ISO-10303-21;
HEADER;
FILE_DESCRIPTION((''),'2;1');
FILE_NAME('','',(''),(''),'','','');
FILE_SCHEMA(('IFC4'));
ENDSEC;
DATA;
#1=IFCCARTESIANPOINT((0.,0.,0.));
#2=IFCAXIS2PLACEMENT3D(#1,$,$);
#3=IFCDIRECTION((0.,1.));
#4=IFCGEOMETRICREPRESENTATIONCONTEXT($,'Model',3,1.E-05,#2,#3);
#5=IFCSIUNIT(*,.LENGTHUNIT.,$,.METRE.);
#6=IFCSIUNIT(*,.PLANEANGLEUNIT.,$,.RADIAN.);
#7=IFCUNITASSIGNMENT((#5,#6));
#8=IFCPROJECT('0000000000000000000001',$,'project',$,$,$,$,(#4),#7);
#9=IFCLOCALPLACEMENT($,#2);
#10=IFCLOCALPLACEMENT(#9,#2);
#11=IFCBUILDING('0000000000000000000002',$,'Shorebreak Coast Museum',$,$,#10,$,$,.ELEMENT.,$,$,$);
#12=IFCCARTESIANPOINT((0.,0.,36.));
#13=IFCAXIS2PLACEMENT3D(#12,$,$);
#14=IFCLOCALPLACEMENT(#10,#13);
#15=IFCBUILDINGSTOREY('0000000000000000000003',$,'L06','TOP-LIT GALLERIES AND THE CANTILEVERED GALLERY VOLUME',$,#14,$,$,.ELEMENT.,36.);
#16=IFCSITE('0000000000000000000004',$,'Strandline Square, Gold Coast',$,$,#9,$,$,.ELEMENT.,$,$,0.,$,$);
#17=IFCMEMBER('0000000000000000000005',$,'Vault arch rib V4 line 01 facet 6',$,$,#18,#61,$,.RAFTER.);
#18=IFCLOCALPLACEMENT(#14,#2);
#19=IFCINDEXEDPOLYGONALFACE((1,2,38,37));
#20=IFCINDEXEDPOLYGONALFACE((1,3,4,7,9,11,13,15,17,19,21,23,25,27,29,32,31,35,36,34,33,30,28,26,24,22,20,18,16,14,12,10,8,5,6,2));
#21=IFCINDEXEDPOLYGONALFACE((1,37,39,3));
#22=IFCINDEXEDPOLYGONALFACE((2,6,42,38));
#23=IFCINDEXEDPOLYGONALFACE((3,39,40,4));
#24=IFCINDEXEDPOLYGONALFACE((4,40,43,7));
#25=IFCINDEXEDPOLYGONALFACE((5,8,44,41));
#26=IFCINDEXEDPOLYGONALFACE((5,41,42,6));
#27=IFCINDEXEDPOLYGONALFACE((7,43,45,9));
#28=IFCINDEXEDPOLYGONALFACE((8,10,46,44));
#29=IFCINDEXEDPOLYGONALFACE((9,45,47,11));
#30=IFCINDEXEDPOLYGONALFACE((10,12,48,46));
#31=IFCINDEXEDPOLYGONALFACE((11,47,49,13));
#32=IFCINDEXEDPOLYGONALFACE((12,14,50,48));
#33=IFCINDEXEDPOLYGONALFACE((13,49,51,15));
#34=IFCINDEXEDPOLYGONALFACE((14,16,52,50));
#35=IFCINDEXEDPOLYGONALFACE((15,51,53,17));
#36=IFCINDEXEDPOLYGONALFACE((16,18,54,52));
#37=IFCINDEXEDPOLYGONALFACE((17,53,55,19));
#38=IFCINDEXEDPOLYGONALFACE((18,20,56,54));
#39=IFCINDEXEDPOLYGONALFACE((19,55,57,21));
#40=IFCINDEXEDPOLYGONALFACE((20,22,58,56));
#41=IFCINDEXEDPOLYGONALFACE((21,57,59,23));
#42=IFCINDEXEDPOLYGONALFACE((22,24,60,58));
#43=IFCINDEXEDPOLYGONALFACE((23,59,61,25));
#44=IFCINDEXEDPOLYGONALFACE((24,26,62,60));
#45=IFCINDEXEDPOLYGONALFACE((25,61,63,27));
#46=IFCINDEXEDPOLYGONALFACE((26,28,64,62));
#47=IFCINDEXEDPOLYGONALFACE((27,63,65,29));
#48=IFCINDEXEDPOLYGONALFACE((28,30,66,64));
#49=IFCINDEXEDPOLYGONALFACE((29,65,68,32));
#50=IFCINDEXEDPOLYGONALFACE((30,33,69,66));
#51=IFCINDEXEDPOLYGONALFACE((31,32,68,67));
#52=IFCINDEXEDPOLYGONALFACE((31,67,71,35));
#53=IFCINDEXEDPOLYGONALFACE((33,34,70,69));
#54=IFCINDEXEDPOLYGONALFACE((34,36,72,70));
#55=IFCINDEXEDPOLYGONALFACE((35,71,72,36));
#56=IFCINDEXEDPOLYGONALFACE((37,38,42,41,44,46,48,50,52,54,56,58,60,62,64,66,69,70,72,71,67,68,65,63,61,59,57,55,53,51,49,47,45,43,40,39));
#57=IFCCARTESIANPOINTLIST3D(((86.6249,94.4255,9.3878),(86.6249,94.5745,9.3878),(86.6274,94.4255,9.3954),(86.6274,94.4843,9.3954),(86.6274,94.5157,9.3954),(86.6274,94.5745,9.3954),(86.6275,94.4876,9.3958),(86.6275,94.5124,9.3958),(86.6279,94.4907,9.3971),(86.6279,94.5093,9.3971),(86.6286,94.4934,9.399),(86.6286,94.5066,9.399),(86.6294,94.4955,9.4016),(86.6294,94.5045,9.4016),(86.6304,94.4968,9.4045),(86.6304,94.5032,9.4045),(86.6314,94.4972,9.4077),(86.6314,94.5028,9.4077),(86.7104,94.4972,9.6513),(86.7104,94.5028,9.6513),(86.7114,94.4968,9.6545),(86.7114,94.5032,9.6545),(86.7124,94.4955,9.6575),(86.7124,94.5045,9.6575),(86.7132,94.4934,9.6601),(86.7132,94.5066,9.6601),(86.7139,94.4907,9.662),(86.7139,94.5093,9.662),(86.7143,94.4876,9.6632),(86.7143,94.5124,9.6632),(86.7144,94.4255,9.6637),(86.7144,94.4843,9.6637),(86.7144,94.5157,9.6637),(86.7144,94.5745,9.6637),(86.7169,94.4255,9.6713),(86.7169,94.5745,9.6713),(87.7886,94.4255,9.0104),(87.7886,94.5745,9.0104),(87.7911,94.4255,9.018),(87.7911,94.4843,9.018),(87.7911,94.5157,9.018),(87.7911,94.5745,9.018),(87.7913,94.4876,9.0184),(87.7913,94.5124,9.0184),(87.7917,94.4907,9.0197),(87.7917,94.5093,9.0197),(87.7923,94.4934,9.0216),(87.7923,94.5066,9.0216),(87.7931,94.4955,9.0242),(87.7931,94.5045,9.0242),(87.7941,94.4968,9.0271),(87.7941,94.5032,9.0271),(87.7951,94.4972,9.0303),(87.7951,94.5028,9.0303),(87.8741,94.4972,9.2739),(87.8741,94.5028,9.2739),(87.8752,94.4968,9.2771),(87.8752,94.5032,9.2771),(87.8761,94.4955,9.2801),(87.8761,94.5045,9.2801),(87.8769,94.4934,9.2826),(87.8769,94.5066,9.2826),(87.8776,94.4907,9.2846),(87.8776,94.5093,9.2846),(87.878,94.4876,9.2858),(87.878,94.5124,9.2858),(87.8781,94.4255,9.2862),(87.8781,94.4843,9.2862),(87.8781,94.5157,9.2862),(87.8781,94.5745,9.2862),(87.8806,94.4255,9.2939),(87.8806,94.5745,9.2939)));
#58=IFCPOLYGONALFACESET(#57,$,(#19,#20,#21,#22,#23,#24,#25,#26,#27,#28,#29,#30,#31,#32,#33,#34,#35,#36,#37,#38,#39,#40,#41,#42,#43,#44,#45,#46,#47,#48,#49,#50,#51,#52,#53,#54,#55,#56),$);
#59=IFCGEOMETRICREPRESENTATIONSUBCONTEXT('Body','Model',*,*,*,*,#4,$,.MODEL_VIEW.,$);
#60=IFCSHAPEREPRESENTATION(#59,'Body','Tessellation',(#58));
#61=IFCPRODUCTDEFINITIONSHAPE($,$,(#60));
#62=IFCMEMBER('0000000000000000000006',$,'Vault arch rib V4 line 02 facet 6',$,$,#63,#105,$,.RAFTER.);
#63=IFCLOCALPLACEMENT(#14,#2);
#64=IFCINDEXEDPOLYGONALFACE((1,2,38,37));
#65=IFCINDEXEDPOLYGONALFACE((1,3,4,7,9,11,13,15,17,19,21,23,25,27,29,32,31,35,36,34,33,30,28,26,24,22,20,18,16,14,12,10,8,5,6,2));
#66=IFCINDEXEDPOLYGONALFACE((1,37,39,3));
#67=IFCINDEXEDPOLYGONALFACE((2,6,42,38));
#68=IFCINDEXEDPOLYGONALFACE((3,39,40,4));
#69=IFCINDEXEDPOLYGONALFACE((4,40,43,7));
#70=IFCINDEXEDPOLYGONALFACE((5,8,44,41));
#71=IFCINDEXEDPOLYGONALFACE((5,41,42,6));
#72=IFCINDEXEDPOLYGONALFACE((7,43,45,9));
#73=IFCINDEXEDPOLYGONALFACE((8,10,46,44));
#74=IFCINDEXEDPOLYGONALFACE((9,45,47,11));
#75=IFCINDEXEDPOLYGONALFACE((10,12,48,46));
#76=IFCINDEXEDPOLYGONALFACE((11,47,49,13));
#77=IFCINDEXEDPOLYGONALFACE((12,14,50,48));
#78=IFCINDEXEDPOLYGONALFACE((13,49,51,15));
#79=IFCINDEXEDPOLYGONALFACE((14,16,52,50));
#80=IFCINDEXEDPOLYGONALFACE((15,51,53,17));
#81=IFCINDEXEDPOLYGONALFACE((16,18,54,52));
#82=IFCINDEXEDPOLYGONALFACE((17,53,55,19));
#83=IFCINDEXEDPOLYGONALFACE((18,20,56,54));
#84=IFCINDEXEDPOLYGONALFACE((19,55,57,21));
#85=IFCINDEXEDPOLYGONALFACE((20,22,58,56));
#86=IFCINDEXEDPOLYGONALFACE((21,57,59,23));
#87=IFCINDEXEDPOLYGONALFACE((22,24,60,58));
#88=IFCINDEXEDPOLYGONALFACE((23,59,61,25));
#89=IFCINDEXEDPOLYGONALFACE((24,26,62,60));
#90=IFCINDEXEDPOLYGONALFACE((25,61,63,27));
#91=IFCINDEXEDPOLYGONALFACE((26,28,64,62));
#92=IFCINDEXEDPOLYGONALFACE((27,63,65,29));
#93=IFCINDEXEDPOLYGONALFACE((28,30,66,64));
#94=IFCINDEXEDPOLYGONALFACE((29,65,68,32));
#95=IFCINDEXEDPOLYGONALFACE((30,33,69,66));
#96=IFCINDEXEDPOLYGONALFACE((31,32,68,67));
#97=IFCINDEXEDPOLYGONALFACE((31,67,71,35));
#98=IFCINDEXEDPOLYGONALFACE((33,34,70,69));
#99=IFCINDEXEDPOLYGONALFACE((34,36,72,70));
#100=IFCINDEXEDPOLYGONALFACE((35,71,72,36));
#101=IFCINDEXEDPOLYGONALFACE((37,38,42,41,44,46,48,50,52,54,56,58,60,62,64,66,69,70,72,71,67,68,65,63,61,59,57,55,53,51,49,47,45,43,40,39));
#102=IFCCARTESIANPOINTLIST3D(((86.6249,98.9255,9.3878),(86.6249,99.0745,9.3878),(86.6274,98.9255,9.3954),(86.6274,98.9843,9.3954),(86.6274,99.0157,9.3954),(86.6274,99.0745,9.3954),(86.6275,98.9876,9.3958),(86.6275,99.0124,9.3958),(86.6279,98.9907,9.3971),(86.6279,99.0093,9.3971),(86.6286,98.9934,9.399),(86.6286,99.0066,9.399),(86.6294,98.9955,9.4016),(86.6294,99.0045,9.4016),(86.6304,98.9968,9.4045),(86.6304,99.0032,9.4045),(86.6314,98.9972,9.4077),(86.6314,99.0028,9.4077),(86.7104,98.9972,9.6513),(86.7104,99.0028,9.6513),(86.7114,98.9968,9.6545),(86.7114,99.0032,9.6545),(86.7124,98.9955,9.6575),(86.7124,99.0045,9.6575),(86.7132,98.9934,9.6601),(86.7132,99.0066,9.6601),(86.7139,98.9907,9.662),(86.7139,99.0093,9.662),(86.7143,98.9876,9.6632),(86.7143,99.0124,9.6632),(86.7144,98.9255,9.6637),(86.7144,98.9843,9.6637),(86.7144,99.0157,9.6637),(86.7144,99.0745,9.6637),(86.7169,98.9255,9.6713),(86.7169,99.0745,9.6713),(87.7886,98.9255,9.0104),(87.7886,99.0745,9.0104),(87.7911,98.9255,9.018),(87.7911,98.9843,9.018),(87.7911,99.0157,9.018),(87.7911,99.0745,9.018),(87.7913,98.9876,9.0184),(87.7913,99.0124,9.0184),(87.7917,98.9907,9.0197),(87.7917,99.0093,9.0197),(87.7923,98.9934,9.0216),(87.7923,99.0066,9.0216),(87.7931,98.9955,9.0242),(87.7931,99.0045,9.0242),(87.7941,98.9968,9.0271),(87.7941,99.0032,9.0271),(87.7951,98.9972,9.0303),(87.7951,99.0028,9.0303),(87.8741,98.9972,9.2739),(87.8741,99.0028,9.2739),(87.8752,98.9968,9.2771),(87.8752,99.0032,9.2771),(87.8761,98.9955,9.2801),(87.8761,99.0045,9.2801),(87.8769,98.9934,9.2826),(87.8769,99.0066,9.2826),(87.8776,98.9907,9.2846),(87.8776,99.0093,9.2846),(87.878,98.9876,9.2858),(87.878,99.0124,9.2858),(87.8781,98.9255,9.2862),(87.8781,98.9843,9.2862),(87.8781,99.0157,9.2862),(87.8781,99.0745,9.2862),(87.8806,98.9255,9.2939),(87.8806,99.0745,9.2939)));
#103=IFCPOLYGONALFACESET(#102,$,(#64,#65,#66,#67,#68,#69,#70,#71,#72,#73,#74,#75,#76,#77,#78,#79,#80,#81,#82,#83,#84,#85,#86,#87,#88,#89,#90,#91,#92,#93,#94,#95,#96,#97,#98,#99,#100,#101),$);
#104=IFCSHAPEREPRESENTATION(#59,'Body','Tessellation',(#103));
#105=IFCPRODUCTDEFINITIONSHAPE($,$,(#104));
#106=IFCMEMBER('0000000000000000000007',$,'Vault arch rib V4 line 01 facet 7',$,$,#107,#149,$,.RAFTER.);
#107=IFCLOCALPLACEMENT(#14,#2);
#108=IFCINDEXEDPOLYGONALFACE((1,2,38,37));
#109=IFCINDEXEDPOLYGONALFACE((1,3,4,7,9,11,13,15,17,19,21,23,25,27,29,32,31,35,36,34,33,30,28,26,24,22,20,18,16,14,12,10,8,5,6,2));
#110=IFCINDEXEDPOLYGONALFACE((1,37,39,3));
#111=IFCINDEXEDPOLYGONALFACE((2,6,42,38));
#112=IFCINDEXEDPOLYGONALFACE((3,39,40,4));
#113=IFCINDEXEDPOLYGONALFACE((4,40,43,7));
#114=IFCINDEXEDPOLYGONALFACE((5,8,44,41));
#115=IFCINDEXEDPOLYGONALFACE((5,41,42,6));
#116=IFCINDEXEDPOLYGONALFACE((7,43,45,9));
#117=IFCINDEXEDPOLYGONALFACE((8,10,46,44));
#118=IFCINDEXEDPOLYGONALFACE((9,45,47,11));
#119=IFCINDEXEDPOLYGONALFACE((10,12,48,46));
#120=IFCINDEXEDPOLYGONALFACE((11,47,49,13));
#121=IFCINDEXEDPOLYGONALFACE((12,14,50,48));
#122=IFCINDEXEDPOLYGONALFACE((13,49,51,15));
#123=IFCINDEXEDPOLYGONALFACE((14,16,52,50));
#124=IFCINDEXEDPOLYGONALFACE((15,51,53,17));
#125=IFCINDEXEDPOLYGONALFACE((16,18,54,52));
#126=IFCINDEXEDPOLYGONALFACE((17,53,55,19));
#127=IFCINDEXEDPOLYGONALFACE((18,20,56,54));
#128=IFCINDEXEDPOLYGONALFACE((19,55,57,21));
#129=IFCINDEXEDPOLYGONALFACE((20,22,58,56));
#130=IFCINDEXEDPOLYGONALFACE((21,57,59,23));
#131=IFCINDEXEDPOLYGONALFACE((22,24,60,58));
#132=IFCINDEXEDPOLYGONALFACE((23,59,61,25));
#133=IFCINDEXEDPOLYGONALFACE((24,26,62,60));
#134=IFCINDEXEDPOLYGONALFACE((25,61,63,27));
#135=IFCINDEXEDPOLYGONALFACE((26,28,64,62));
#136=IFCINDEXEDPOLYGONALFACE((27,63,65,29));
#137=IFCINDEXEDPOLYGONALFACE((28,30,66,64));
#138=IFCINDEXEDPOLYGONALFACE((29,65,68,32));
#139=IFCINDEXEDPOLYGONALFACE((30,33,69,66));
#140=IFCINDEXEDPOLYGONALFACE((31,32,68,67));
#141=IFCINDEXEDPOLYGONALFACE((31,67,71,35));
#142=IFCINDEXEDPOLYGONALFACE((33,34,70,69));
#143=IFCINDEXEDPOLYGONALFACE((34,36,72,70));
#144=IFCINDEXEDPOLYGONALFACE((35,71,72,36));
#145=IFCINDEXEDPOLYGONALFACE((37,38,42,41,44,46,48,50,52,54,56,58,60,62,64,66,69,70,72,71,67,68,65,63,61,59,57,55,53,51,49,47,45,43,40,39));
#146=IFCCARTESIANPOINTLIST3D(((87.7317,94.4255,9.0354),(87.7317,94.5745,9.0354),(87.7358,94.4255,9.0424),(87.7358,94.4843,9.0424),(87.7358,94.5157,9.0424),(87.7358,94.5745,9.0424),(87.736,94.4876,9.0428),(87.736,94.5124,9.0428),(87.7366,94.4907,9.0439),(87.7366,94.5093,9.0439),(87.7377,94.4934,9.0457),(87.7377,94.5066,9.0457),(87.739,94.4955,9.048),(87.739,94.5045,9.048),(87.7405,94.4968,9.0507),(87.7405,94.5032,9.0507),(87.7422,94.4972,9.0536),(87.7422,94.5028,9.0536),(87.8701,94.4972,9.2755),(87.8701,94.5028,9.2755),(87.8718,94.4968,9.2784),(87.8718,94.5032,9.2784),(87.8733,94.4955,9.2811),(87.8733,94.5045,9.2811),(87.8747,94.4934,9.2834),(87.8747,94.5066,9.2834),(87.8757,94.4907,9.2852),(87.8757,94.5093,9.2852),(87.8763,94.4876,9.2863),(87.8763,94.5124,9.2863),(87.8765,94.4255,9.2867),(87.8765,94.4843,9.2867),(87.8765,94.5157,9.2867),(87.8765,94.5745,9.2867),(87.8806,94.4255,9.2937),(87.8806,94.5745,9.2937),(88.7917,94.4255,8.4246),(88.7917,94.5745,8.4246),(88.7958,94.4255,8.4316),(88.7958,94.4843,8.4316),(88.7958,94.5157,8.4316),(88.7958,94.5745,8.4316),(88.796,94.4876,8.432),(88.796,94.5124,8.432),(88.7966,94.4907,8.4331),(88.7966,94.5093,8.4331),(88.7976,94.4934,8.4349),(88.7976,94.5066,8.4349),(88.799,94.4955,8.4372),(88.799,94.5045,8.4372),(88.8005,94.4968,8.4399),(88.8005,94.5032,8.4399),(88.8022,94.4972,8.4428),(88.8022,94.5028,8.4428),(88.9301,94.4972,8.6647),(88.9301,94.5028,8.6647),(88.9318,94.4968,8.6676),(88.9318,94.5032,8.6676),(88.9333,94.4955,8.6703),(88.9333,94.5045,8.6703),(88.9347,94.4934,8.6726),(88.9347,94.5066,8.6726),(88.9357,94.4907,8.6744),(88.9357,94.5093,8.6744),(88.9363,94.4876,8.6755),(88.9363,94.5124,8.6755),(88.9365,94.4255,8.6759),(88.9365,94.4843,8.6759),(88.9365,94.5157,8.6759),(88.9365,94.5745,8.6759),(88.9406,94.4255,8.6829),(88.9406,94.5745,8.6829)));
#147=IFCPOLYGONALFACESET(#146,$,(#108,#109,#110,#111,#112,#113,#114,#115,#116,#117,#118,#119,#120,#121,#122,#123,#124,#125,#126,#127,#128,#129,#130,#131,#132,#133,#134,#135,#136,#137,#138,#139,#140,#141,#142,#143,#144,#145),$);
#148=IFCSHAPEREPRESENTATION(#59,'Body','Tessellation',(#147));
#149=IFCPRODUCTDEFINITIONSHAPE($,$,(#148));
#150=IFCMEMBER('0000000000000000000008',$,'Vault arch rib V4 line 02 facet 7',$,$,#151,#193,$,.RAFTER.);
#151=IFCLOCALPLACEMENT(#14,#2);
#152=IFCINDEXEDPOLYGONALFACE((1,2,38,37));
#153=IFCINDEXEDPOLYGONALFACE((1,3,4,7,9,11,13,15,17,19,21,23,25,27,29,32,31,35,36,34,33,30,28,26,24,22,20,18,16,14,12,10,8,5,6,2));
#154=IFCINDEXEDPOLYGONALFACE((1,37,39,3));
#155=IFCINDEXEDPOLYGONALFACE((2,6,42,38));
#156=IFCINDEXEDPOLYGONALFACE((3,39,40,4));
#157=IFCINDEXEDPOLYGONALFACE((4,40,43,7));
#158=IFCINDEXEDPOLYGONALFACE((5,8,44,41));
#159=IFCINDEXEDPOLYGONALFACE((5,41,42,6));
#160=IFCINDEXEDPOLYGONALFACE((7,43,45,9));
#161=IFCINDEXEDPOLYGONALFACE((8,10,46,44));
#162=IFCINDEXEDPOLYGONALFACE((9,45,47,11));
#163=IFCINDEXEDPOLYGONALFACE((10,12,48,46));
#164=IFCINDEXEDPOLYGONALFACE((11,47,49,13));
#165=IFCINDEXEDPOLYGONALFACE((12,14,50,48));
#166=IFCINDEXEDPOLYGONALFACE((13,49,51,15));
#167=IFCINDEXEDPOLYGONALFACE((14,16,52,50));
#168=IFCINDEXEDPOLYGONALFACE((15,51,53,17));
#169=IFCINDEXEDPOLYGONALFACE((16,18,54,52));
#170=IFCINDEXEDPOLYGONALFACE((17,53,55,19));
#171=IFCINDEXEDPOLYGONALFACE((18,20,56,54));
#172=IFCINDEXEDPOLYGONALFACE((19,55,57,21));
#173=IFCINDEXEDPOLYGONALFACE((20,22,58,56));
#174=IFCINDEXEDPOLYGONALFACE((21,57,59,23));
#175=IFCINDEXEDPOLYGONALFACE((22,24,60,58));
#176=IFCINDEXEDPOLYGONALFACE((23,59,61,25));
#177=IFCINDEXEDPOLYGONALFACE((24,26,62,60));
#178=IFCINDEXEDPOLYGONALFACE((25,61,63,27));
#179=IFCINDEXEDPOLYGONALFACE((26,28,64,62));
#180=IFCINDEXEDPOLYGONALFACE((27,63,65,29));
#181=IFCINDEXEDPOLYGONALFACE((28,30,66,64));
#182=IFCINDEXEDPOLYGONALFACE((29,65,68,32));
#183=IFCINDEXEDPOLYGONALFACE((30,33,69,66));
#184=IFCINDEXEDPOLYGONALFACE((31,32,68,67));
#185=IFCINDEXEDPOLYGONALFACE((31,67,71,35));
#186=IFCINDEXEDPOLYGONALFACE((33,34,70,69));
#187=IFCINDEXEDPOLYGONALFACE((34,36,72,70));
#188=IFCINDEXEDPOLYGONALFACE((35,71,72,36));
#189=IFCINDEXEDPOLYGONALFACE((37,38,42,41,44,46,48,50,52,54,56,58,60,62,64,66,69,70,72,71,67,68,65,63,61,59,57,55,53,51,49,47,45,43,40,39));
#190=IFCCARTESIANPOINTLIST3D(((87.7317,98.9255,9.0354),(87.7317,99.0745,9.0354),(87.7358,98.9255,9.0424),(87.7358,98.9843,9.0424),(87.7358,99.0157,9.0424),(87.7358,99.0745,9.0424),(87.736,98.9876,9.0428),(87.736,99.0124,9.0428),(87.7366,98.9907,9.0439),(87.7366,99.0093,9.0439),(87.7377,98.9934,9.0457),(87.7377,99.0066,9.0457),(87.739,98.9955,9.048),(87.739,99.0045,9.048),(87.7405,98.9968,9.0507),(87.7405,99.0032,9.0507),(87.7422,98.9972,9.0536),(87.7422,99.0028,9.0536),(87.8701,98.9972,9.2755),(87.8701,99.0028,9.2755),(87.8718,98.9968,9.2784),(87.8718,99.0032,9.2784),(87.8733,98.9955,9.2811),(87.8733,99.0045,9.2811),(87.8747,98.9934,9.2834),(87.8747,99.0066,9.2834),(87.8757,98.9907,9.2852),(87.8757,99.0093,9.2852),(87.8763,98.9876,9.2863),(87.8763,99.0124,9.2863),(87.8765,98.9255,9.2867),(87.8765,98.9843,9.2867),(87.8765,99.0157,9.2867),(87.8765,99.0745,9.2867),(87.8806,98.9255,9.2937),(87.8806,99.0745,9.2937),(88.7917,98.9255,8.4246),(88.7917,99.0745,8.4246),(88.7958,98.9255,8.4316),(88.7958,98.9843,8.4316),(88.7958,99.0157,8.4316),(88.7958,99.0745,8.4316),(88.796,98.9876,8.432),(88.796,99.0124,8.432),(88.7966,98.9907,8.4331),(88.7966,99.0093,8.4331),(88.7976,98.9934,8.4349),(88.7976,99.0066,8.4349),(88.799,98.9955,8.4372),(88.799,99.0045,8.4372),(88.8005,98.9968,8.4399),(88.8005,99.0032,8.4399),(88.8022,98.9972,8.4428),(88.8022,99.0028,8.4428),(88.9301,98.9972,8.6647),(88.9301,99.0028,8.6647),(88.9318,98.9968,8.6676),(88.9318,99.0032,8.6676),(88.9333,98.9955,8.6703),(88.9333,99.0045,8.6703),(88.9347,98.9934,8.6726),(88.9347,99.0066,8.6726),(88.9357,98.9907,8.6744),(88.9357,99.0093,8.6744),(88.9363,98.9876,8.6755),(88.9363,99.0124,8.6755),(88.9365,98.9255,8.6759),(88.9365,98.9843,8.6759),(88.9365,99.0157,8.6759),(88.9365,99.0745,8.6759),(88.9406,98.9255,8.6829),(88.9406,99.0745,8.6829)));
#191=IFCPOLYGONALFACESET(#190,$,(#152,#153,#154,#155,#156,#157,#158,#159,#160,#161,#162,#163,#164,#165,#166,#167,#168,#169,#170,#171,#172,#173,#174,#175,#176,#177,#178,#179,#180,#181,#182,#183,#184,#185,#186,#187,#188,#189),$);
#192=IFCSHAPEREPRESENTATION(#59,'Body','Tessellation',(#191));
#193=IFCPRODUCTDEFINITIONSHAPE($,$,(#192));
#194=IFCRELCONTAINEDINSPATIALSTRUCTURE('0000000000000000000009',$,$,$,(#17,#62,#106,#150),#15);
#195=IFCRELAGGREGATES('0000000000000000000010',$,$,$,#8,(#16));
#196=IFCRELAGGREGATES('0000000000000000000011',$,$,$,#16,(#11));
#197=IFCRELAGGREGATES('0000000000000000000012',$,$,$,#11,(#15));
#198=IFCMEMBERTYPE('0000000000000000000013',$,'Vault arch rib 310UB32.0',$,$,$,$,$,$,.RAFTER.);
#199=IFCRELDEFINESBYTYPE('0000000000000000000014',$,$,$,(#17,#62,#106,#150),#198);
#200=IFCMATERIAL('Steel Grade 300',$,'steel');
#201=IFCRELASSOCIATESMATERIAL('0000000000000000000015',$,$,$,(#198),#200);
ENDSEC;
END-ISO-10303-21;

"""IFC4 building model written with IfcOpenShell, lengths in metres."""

from ifc_helpers import new_model, si_unit, direction, frame, origin, origin_2d, place, context, subcontext, project, spatial, i_section, extrude, material, material_profile, profile_set, type_object, element, save


model = new_model("IFC4")

# Units and contexts
model_context = context("Model", 3, precision=1e-05, world=origin(), true_north=direction((0.0, 1.0)))
body_context = subcontext(model_context, "Body", "Model", "MODEL_VIEW")
ifc_project = project(units=[si_unit("LENGTHUNIT", "METRE"), si_unit("PLANEANGLEUNIT", "RADIAN")], contexts=[model_context])

# Site, building, storey
site_placement = place(None, origin())
site = spatial("IfcSite", under=ifc_project, at=site_placement, Name="Strandline Square, Gold Coast", CompositionType="ELEMENT", RefElevation=0.0)
building_placement = place(site_placement, origin())
building = spatial("IfcBuilding", under=site, at=building_placement, Name="Shorebreak Coast Museum", CompositionType="ELEMENT")
storey_placement = place(building_placement, frame((0.0, 0.0, 36.0)))
storey = spatial("IfcBuildingStorey", under=building, at=storey_placement, Name="L06", Description="TOP-LIT GALLERIES AND THE CANTILEVERED GALLERY VOLUME", CompositionType="ELEMENT", Elevation=36.0)

# Members
ifc_material_1 = material(Name="Steel Grade 300", Category="steel")
ifc_material_profile_1 = material_profile(ifc_material_1, i_section(OverallWidth=0.1489, OverallDepth=0.2981, WebThickness=0.0056, FlangeThickness=0.0081, FilletRadius=0.0129, at=origin_2d()), Name="310UB32.0")
ifc_profile_set_1 = profile_set([ifc_material_profile_1], Name="Steel Grade 300")
member_type_1 = type_object("IfcMemberType", Name="Vault arch rib 310UB32.0", PredefinedType="RAFTER", material=ifc_profile_set_1)
for number, where, z_axis, x_axis, name in (
    (1, (86.6709, 94.5, 9.5295), (0.951226, 0.0, -0.308495), (0.0, 1.0, 0.0), "Vault arch rib V4 line 01 facet 6"),
    (2, (86.6709, 99.0, 9.5295), (0.951226, 0.0, -0.308495), (0.0, 1.0, 0.0), "Vault arch rib V4 line 02 facet 6"),
    (3, (87.8062, 94.5, 9.1646), (0.866445, 0.0, -0.499273), (0.0, 1.0, 0.0), "Vault arch rib V4 line 01 facet 7"),
    (4, (87.8062, 99.0, 9.1646), (0.866445, 0.0, -0.499273), (0.0, 1.0, 0.0), "Vault arch rib V4 line 02 facet 7"),
):
    element("IfcMember", number, at=place(storey_placement, frame(where, z_axis=z_axis, x_axis=x_axis)), inside=storey, type_object=member_type_1, Name=name, PredefinedType="RAFTER", context=body_context, shape_type="SweptSolid", body=[
        extrude(i_section(OverallWidth=0.1489, OverallDepth=0.2981, WebThickness=0.0056, FlangeThickness=0.0081, FilletRadius=0.0129, at=origin_2d()), origin(), (0.0, 0.0, 1.0), 1.2234),
    ])

save(model, "model.ifc")
